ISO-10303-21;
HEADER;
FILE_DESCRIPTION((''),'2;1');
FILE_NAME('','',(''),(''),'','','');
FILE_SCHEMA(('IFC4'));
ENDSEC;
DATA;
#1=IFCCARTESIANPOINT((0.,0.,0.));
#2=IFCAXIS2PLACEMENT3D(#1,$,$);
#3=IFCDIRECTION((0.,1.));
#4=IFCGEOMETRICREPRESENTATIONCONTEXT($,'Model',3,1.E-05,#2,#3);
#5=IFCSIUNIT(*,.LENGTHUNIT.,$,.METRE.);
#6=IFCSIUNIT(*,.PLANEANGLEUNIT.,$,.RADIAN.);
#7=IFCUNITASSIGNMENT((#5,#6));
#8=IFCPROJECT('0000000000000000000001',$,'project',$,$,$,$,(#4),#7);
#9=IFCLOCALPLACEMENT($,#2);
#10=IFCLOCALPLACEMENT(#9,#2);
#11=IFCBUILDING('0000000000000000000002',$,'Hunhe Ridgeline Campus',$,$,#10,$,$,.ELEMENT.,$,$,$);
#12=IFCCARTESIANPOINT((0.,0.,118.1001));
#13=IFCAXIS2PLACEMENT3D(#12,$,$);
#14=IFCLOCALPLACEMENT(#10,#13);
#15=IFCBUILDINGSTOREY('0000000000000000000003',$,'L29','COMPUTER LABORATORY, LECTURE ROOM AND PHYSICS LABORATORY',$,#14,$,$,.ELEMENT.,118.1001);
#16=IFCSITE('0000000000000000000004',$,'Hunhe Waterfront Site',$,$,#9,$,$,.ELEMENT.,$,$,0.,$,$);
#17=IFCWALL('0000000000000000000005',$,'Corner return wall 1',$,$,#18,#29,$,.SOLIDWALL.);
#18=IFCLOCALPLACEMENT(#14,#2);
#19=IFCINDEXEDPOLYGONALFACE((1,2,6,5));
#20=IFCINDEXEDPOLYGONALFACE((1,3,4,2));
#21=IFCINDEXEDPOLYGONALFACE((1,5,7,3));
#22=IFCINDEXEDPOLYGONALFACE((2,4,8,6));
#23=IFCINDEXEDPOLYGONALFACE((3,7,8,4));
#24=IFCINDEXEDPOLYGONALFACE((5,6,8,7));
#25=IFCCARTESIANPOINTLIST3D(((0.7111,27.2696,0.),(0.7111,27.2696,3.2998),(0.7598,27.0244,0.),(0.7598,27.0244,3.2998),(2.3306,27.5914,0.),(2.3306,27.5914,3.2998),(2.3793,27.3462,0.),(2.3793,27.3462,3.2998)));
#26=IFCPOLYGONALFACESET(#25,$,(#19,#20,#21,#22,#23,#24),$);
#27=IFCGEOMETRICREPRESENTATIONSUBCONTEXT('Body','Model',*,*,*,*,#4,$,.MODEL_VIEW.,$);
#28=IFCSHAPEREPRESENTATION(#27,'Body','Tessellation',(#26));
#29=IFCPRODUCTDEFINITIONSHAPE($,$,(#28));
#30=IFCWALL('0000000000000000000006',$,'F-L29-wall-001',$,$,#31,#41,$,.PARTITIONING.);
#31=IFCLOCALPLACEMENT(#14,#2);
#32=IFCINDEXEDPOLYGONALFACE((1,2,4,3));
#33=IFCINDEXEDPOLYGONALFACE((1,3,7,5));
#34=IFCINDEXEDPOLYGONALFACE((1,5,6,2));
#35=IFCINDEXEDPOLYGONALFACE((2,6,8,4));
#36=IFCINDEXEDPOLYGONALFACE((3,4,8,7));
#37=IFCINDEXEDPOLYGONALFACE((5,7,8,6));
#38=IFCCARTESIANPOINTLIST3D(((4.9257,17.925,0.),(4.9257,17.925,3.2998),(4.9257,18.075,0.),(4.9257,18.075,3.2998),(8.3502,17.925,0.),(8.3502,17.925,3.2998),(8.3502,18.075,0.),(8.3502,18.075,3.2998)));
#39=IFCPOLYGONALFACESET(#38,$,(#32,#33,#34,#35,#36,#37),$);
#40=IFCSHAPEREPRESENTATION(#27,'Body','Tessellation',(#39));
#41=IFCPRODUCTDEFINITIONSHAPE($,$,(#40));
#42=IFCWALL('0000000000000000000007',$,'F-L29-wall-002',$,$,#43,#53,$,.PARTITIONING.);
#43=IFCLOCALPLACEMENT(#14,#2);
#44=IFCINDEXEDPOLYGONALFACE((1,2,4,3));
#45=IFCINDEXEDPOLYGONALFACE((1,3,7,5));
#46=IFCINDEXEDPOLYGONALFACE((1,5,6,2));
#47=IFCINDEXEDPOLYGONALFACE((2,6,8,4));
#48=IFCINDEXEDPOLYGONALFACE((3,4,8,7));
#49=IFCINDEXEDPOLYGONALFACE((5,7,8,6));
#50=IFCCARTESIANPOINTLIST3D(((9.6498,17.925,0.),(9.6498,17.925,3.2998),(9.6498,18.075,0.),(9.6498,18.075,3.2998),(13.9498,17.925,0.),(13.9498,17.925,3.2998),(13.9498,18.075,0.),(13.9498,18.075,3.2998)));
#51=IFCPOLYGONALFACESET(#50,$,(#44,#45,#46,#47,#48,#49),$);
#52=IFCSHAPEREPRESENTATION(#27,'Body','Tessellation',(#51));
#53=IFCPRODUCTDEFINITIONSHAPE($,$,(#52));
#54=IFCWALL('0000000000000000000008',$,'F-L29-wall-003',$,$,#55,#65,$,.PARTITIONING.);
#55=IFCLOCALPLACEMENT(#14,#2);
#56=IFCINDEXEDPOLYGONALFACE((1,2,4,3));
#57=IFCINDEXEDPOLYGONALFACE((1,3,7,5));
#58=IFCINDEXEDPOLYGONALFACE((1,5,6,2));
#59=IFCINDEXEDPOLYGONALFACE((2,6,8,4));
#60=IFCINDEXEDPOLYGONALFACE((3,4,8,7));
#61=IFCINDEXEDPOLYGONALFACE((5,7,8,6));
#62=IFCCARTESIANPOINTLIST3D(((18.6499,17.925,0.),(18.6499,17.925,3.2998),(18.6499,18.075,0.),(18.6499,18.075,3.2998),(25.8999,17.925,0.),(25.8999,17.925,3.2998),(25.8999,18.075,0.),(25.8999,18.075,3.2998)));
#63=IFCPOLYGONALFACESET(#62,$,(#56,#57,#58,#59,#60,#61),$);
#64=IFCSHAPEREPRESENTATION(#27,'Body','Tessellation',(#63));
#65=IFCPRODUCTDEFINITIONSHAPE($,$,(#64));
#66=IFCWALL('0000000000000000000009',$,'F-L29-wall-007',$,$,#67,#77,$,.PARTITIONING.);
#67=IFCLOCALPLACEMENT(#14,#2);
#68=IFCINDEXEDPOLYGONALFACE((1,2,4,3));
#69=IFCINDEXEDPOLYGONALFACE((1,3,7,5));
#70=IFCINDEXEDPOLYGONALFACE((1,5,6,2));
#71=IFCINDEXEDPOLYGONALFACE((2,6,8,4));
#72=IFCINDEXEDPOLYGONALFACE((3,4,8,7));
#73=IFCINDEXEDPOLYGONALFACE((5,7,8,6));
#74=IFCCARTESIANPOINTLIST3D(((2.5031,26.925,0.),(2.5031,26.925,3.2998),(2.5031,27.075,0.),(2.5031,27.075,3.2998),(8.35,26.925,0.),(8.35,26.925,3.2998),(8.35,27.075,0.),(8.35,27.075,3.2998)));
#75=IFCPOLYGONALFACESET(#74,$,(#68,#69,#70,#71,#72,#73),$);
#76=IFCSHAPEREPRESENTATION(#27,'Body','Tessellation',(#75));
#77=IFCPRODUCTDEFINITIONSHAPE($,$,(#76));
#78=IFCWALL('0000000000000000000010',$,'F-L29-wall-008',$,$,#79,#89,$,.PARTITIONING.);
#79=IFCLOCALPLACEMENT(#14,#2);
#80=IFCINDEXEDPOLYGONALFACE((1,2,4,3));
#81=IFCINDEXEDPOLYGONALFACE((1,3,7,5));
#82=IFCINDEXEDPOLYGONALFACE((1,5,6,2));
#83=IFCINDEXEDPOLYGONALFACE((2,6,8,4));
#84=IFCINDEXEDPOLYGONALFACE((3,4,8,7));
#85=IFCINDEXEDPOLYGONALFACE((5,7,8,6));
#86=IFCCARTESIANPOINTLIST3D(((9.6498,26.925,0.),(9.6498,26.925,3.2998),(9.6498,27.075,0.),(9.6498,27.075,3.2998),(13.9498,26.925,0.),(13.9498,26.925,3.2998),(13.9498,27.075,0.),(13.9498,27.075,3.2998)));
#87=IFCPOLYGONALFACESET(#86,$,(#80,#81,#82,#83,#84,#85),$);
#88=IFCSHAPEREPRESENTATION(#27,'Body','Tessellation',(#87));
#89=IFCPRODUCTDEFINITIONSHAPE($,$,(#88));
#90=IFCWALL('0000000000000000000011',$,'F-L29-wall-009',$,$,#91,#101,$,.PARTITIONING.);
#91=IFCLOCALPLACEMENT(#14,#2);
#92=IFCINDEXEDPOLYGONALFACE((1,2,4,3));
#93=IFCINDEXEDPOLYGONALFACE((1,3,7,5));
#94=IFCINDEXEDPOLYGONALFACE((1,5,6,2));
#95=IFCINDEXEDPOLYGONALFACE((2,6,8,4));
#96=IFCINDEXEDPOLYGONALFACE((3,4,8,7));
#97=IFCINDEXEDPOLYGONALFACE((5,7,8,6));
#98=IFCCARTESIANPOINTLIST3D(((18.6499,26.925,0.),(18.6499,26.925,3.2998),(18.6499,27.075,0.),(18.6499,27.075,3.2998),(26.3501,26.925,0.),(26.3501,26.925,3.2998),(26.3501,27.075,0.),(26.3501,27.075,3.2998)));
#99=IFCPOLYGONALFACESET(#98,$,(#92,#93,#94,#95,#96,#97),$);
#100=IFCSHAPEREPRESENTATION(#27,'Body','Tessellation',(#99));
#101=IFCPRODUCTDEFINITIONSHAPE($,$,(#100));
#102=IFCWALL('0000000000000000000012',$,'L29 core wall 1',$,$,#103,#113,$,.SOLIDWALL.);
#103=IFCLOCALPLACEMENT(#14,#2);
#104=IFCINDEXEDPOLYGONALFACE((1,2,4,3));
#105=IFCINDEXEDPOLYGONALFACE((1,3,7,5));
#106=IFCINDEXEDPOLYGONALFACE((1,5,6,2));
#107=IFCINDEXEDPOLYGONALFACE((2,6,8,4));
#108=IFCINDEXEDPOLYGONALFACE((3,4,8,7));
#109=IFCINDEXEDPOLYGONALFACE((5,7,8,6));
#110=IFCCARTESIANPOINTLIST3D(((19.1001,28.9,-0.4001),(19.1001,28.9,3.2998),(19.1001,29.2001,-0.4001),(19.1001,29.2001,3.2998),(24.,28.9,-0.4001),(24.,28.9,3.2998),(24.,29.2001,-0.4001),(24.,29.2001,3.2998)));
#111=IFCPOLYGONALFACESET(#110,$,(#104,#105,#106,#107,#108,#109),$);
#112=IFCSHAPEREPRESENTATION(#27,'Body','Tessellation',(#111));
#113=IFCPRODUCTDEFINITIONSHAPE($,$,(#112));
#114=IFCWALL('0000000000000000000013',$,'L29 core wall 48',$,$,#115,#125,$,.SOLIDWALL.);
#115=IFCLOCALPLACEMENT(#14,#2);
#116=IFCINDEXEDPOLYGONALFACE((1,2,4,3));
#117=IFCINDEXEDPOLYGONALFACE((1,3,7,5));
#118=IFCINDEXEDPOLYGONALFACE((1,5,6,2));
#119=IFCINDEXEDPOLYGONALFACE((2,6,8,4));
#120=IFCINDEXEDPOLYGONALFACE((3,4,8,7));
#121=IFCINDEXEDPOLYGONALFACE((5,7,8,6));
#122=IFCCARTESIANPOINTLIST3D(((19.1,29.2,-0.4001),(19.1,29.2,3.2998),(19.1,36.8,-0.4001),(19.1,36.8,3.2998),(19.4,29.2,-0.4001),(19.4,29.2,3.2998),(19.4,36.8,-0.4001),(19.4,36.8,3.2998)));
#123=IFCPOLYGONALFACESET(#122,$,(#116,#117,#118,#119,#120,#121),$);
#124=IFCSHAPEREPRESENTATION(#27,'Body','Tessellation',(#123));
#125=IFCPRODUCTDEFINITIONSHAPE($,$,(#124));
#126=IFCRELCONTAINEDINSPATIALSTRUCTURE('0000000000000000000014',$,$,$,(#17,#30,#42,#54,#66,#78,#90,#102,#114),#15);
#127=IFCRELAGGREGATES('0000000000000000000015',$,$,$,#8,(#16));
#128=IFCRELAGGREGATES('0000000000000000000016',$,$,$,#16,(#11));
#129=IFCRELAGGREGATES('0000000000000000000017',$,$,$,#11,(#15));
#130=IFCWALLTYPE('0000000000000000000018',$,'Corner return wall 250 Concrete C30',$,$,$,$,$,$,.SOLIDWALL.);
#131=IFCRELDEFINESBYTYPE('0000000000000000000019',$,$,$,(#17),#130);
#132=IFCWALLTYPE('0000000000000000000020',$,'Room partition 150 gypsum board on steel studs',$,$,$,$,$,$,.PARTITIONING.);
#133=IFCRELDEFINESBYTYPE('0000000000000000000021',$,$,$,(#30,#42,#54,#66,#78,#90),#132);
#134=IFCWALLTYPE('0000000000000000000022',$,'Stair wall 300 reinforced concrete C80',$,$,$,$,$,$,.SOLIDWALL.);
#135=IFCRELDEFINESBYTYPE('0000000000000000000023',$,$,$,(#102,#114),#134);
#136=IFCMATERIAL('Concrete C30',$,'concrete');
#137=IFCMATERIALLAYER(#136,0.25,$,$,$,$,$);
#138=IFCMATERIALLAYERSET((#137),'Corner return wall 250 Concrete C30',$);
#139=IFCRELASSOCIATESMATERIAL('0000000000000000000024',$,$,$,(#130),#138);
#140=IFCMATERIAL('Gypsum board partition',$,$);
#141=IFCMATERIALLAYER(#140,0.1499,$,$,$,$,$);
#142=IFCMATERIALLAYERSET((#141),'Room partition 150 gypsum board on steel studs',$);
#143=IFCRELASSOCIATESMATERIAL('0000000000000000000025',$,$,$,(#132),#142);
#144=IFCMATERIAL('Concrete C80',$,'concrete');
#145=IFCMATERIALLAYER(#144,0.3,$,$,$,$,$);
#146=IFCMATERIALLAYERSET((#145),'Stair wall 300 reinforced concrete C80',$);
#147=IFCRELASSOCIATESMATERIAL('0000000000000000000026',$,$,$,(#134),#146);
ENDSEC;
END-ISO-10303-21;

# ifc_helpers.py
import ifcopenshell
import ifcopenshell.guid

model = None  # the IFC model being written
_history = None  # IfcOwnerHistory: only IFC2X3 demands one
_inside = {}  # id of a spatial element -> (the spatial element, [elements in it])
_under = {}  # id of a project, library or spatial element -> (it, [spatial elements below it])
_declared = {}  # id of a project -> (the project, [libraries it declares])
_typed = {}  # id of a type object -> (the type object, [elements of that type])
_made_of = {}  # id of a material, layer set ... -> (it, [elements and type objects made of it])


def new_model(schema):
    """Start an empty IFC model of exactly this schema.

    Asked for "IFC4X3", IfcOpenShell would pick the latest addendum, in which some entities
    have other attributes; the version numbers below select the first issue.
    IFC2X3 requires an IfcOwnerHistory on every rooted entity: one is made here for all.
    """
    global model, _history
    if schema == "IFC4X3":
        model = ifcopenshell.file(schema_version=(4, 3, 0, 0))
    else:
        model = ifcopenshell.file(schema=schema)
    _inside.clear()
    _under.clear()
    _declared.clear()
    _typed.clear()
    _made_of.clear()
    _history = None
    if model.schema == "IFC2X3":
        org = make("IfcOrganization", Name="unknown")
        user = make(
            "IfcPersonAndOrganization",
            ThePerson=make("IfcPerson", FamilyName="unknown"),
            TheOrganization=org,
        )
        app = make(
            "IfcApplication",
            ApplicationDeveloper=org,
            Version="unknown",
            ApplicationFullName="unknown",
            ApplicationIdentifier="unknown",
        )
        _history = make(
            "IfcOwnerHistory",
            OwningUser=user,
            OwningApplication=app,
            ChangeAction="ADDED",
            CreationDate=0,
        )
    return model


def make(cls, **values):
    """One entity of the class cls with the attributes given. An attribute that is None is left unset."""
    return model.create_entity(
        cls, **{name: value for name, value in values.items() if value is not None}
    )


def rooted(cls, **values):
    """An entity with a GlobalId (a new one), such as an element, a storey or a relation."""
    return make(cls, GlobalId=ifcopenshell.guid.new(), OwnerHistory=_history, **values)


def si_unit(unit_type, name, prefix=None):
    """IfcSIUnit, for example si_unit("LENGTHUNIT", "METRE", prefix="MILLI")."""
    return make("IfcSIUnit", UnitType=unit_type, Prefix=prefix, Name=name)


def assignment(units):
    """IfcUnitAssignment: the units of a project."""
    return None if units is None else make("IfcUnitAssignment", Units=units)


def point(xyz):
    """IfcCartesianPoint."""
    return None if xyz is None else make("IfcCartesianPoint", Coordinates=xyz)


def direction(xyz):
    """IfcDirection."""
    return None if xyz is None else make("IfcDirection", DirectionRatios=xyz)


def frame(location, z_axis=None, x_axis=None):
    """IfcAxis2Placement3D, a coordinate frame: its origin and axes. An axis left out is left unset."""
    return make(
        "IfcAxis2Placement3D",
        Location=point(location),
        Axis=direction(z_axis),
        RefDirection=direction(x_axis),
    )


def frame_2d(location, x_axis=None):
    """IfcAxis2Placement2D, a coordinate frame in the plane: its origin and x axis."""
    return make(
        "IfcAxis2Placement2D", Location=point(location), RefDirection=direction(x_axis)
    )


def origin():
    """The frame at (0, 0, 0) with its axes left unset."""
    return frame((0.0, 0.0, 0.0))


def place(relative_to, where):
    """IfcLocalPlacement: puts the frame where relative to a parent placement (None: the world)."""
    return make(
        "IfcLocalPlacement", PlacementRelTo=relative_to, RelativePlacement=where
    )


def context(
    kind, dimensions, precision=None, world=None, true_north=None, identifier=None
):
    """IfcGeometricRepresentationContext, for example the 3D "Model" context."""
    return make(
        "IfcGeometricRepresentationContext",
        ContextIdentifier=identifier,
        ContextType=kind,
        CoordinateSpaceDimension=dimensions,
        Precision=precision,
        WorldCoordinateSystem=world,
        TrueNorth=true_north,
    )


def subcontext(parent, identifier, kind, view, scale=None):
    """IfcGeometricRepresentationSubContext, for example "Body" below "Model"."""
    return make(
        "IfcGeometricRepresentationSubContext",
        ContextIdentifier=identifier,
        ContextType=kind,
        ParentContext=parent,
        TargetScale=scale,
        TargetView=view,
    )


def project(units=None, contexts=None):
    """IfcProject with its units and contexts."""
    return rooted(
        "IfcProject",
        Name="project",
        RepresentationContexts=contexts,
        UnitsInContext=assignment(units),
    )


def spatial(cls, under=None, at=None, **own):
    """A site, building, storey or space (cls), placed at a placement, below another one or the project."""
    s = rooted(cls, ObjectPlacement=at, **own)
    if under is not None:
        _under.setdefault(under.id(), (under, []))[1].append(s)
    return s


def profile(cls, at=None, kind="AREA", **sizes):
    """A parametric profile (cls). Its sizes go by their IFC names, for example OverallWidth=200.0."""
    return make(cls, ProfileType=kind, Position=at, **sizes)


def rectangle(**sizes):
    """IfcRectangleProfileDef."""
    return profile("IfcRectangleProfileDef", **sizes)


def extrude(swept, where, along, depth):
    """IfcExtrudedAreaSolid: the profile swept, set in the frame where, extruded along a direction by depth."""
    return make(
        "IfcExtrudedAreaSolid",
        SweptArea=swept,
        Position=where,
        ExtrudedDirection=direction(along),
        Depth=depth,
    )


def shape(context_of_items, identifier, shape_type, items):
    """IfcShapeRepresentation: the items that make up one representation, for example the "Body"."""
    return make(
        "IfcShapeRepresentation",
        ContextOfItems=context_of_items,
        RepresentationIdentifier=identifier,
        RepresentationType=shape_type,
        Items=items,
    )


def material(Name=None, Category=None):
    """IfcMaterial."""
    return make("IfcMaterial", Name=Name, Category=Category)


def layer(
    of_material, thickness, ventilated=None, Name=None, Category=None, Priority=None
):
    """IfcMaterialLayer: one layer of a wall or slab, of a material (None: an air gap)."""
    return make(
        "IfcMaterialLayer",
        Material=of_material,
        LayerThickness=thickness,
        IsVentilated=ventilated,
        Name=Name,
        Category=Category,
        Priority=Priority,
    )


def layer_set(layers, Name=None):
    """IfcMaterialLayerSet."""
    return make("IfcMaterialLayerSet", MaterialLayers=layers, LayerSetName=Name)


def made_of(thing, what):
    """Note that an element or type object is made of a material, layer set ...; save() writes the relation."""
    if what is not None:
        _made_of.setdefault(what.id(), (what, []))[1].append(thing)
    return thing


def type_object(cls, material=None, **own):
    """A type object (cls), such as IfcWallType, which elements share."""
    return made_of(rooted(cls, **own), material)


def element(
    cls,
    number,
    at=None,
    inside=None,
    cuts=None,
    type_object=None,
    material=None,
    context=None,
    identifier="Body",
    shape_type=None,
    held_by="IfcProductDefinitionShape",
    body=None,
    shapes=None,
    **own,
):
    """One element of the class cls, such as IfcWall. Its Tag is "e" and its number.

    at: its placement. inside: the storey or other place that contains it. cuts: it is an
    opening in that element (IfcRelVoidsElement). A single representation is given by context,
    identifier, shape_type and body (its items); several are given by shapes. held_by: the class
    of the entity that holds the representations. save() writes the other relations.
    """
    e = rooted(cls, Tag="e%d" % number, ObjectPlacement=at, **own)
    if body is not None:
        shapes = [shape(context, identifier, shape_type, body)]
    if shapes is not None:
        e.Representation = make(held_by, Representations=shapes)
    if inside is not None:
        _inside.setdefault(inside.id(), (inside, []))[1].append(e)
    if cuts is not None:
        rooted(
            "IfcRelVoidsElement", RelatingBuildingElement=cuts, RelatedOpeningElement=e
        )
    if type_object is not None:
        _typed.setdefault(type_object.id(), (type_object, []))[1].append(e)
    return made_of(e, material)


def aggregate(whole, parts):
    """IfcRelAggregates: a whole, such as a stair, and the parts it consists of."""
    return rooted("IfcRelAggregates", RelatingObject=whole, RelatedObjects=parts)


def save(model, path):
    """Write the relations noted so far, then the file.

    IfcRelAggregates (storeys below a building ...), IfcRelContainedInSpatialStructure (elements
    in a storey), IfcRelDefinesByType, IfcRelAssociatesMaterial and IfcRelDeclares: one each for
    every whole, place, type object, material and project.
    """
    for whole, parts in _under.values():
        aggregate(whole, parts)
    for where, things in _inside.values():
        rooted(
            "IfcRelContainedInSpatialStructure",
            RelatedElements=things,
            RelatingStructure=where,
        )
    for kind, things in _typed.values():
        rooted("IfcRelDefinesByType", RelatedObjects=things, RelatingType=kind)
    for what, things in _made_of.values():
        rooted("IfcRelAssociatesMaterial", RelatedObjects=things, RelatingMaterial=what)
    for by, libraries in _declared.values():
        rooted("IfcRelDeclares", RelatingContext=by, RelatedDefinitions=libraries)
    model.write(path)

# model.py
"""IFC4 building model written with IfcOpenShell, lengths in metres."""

from ifc_helpers import new_model, si_unit, direction, frame, frame_2d, origin, place, context, subcontext, project, spatial, rectangle, extrude, material, layer, layer_set, type_object, element, save


model = new_model("IFC4")

# Units and contexts
model_context = context("Model", 3, precision=1e-05, world=origin(), true_north=direction((0.0, 1.0)))
body_context = subcontext(model_context, "Body", "Model", "MODEL_VIEW")
ifc_project = project(units=[si_unit("LENGTHUNIT", "METRE"), si_unit("PLANEANGLEUNIT", "RADIAN")], contexts=[model_context])

# Site, building, storey
site_placement = place(None, origin())
site = spatial("IfcSite", under=ifc_project, at=site_placement, Name="Hunhe Waterfront Site", CompositionType="ELEMENT", RefElevation=0.0)
building_placement = place(site_placement, origin())
building = spatial("IfcBuilding", under=site, at=building_placement, Name="Hunhe Ridgeline Campus", CompositionType="ELEMENT")
storey_placement = place(building_placement, frame((0.0, 0.0, 118.1001)))
storey = spatial("IfcBuildingStorey", under=building, at=storey_placement, Name="L29", Description="COMPUTER LABORATORY, LECTURE ROOM AND PHYSICS LABORATORY", CompositionType="ELEMENT", Elevation=118.1001)

# Walls
ifc_material_1 = material(Name="Concrete C30", Category="concrete")
ifc_layer_1 = layer(ifc_material_1, 0.25)
ifc_layer_set_1 = layer_set([ifc_layer_1], Name="Corner return wall 250 Concrete C30")
wall_type_1 = type_object("IfcWallType", Name="Corner return wall 250 Concrete C30", PredefinedType="SOLIDWALL", material=ifc_layer_set_1)
wall_1_placement = place(storey_placement, frame((0.7354, 27.147, 0.0), z_axis=(0.0, 0.0, 1.0), x_axis=(0.980824, 0.194893, 0.0)))
element("IfcWall", 1, at=wall_1_placement, inside=storey, type_object=wall_type_1, Name="Corner return wall 1", PredefinedType="SOLIDWALL", context=body_context, shape_type="SweptSolid", body=[
    extrude(rectangle(XDim=1.6511, YDim=0.25, at=frame_2d((0.8257, 0.0))), origin(), (0.0, 0.0, 1.0), 3.2998),
])
ifc_material_2 = material(Name="Gypsum board partition")
ifc_layer_2 = layer(ifc_material_2, 0.1499)
ifc_layer_set_2 = layer_set([ifc_layer_2], Name="Room partition 150 gypsum board on steel studs")
wall_type_2 = type_object("IfcWallType", Name="Room partition 150 gypsum board on steel studs", PredefinedType="PARTITIONING", material=ifc_layer_set_2)
wall_2_placement = place(storey_placement, frame((4.9255, 18.0, 0.0), z_axis=(0.0, 0.0, 1.0), x_axis=(1.0, 0.0, 0.0)))
element("IfcWall", 2, at=wall_2_placement, inside=storey, type_object=wall_type_2, Name="F-L29-wall-001", PredefinedType="PARTITIONING", context=body_context, shape_type="SweptSolid", body=[
    extrude(rectangle(XDim=3.4246, YDim=0.1499, at=frame_2d((1.7124, 0.0))), origin(), (0.0, 0.0, 1.0), 3.2998),
])
wall_3_placement = place(storey_placement, frame((9.6499, 18.0, 0.0), z_axis=(0.0, 0.0, 1.0), x_axis=(1.0, 0.0, 0.0)))
element("IfcWall", 3, at=wall_3_placement, inside=storey, type_object=wall_type_2, Name="F-L29-wall-002", PredefinedType="PARTITIONING", context=body_context, shape_type="SweptSolid", body=[
    extrude(rectangle(XDim=4.3, YDim=0.1499, at=frame_2d((2.1499, 0.0))), origin(), (0.0, 0.0, 1.0), 3.2998),
])
wall_4_placement = place(storey_placement, frame((18.6499, 18.0, 0.0), z_axis=(0.0, 0.0, 1.0), x_axis=(1.0, 0.0, 0.0)))
element("IfcWall", 4, at=wall_4_placement, inside=storey, type_object=wall_type_2, Name="F-L29-wall-003", PredefinedType="PARTITIONING", context=body_context, shape_type="SweptSolid", body=[
    extrude(rectangle(XDim=7.25, YDim=0.1499, at=frame_2d((3.625, 0.0))), origin(), (0.0, 0.0, 1.0), 3.2998),
])
wall_5_placement = place(storey_placement, frame((2.5032, 27.0, 0.0), z_axis=(0.0, 0.0, 1.0), x_axis=(1.0, 0.0, 0.0)))
element("IfcWall", 5, at=wall_5_placement, inside=storey, type_object=wall_type_2, Name="F-L29-wall-007", PredefinedType="PARTITIONING", context=body_context, shape_type="SweptSolid", body=[
    extrude(rectangle(XDim=5.8469, YDim=0.1499, at=frame_2d((2.9233, 0.0))), origin(), (0.0, 0.0, 1.0), 3.2998),
])
wall_6_placement = place(storey_placement, frame((9.6499, 27.0, 0.0), z_axis=(0.0, 0.0, 1.0), x_axis=(1.0, 0.0, 0.0)))
element("IfcWall", 6, at=wall_6_placement, inside=storey, type_object=wall_type_2, Name="F-L29-wall-008", PredefinedType="PARTITIONING", context=body_context, shape_type="SweptSolid", body=[
    extrude(rectangle(XDim=4.3, YDim=0.1499, at=frame_2d((2.1499, 0.0))), origin(), (0.0, 0.0, 1.0), 3.2998),
])
wall_7_placement = place(storey_placement, frame((18.6499, 27.0, 0.0), z_axis=(0.0, 0.0, 1.0), x_axis=(1.0, 0.0, 0.0)))
element("IfcWall", 7, at=wall_7_placement, inside=storey, type_object=wall_type_2, Name="F-L29-wall-009", PredefinedType="PARTITIONING", context=body_context, shape_type="SweptSolid", body=[
    extrude(rectangle(XDim=7.7002, YDim=0.1499, at=frame_2d((3.8501, 0.0))), origin(), (0.0, 0.0, 1.0), 3.2998),
])
ifc_material_3 = material(Name="Concrete C80", Category="concrete")
ifc_layer_3 = layer(ifc_material_3, 0.3)
ifc_layer_set_3 = layer_set([ifc_layer_3], Name="Stair wall 300 reinforced concrete C80")
wall_type_3 = type_object("IfcWallType", Name="Stair wall 300 reinforced concrete C80", PredefinedType="SOLIDWALL", material=ifc_layer_set_3)
wall_8_placement = place(storey_placement, frame((19.1001, 29.05, -0.4001), z_axis=(0.0, 0.0, 1.0), x_axis=(1.0, 0.0, 0.0)))
element("IfcWall", 8, at=wall_8_placement, inside=storey, type_object=wall_type_3, Name="L29 core wall 1", PredefinedType="SOLIDWALL", context=body_context, shape_type="SweptSolid", body=[
    extrude(rectangle(XDim=4.8999, YDim=0.3, at=frame_2d((2.45, 0.0))), origin(), (0.0, 0.0, 1.0), 3.7),
])
wall_9_placement = place(storey_placement, frame((19.25, 29.2, -0.4001), z_axis=(0.0, 0.0, 1.0), x_axis=(0.0, 1.0, 0.0)))
element("IfcWall", 9, at=wall_9_placement, inside=storey, type_object=wall_type_3, Name="L29 core wall 48", PredefinedType="SOLIDWALL", context=body_context, shape_type="SweptSolid", body=[
    extrude(rectangle(XDim=7.6001, YDim=0.3, at=frame_2d((3.8, 0.0))), origin(), (0.0, 0.0, 1.0), 3.7),
])

save(model, "model.ifc")
